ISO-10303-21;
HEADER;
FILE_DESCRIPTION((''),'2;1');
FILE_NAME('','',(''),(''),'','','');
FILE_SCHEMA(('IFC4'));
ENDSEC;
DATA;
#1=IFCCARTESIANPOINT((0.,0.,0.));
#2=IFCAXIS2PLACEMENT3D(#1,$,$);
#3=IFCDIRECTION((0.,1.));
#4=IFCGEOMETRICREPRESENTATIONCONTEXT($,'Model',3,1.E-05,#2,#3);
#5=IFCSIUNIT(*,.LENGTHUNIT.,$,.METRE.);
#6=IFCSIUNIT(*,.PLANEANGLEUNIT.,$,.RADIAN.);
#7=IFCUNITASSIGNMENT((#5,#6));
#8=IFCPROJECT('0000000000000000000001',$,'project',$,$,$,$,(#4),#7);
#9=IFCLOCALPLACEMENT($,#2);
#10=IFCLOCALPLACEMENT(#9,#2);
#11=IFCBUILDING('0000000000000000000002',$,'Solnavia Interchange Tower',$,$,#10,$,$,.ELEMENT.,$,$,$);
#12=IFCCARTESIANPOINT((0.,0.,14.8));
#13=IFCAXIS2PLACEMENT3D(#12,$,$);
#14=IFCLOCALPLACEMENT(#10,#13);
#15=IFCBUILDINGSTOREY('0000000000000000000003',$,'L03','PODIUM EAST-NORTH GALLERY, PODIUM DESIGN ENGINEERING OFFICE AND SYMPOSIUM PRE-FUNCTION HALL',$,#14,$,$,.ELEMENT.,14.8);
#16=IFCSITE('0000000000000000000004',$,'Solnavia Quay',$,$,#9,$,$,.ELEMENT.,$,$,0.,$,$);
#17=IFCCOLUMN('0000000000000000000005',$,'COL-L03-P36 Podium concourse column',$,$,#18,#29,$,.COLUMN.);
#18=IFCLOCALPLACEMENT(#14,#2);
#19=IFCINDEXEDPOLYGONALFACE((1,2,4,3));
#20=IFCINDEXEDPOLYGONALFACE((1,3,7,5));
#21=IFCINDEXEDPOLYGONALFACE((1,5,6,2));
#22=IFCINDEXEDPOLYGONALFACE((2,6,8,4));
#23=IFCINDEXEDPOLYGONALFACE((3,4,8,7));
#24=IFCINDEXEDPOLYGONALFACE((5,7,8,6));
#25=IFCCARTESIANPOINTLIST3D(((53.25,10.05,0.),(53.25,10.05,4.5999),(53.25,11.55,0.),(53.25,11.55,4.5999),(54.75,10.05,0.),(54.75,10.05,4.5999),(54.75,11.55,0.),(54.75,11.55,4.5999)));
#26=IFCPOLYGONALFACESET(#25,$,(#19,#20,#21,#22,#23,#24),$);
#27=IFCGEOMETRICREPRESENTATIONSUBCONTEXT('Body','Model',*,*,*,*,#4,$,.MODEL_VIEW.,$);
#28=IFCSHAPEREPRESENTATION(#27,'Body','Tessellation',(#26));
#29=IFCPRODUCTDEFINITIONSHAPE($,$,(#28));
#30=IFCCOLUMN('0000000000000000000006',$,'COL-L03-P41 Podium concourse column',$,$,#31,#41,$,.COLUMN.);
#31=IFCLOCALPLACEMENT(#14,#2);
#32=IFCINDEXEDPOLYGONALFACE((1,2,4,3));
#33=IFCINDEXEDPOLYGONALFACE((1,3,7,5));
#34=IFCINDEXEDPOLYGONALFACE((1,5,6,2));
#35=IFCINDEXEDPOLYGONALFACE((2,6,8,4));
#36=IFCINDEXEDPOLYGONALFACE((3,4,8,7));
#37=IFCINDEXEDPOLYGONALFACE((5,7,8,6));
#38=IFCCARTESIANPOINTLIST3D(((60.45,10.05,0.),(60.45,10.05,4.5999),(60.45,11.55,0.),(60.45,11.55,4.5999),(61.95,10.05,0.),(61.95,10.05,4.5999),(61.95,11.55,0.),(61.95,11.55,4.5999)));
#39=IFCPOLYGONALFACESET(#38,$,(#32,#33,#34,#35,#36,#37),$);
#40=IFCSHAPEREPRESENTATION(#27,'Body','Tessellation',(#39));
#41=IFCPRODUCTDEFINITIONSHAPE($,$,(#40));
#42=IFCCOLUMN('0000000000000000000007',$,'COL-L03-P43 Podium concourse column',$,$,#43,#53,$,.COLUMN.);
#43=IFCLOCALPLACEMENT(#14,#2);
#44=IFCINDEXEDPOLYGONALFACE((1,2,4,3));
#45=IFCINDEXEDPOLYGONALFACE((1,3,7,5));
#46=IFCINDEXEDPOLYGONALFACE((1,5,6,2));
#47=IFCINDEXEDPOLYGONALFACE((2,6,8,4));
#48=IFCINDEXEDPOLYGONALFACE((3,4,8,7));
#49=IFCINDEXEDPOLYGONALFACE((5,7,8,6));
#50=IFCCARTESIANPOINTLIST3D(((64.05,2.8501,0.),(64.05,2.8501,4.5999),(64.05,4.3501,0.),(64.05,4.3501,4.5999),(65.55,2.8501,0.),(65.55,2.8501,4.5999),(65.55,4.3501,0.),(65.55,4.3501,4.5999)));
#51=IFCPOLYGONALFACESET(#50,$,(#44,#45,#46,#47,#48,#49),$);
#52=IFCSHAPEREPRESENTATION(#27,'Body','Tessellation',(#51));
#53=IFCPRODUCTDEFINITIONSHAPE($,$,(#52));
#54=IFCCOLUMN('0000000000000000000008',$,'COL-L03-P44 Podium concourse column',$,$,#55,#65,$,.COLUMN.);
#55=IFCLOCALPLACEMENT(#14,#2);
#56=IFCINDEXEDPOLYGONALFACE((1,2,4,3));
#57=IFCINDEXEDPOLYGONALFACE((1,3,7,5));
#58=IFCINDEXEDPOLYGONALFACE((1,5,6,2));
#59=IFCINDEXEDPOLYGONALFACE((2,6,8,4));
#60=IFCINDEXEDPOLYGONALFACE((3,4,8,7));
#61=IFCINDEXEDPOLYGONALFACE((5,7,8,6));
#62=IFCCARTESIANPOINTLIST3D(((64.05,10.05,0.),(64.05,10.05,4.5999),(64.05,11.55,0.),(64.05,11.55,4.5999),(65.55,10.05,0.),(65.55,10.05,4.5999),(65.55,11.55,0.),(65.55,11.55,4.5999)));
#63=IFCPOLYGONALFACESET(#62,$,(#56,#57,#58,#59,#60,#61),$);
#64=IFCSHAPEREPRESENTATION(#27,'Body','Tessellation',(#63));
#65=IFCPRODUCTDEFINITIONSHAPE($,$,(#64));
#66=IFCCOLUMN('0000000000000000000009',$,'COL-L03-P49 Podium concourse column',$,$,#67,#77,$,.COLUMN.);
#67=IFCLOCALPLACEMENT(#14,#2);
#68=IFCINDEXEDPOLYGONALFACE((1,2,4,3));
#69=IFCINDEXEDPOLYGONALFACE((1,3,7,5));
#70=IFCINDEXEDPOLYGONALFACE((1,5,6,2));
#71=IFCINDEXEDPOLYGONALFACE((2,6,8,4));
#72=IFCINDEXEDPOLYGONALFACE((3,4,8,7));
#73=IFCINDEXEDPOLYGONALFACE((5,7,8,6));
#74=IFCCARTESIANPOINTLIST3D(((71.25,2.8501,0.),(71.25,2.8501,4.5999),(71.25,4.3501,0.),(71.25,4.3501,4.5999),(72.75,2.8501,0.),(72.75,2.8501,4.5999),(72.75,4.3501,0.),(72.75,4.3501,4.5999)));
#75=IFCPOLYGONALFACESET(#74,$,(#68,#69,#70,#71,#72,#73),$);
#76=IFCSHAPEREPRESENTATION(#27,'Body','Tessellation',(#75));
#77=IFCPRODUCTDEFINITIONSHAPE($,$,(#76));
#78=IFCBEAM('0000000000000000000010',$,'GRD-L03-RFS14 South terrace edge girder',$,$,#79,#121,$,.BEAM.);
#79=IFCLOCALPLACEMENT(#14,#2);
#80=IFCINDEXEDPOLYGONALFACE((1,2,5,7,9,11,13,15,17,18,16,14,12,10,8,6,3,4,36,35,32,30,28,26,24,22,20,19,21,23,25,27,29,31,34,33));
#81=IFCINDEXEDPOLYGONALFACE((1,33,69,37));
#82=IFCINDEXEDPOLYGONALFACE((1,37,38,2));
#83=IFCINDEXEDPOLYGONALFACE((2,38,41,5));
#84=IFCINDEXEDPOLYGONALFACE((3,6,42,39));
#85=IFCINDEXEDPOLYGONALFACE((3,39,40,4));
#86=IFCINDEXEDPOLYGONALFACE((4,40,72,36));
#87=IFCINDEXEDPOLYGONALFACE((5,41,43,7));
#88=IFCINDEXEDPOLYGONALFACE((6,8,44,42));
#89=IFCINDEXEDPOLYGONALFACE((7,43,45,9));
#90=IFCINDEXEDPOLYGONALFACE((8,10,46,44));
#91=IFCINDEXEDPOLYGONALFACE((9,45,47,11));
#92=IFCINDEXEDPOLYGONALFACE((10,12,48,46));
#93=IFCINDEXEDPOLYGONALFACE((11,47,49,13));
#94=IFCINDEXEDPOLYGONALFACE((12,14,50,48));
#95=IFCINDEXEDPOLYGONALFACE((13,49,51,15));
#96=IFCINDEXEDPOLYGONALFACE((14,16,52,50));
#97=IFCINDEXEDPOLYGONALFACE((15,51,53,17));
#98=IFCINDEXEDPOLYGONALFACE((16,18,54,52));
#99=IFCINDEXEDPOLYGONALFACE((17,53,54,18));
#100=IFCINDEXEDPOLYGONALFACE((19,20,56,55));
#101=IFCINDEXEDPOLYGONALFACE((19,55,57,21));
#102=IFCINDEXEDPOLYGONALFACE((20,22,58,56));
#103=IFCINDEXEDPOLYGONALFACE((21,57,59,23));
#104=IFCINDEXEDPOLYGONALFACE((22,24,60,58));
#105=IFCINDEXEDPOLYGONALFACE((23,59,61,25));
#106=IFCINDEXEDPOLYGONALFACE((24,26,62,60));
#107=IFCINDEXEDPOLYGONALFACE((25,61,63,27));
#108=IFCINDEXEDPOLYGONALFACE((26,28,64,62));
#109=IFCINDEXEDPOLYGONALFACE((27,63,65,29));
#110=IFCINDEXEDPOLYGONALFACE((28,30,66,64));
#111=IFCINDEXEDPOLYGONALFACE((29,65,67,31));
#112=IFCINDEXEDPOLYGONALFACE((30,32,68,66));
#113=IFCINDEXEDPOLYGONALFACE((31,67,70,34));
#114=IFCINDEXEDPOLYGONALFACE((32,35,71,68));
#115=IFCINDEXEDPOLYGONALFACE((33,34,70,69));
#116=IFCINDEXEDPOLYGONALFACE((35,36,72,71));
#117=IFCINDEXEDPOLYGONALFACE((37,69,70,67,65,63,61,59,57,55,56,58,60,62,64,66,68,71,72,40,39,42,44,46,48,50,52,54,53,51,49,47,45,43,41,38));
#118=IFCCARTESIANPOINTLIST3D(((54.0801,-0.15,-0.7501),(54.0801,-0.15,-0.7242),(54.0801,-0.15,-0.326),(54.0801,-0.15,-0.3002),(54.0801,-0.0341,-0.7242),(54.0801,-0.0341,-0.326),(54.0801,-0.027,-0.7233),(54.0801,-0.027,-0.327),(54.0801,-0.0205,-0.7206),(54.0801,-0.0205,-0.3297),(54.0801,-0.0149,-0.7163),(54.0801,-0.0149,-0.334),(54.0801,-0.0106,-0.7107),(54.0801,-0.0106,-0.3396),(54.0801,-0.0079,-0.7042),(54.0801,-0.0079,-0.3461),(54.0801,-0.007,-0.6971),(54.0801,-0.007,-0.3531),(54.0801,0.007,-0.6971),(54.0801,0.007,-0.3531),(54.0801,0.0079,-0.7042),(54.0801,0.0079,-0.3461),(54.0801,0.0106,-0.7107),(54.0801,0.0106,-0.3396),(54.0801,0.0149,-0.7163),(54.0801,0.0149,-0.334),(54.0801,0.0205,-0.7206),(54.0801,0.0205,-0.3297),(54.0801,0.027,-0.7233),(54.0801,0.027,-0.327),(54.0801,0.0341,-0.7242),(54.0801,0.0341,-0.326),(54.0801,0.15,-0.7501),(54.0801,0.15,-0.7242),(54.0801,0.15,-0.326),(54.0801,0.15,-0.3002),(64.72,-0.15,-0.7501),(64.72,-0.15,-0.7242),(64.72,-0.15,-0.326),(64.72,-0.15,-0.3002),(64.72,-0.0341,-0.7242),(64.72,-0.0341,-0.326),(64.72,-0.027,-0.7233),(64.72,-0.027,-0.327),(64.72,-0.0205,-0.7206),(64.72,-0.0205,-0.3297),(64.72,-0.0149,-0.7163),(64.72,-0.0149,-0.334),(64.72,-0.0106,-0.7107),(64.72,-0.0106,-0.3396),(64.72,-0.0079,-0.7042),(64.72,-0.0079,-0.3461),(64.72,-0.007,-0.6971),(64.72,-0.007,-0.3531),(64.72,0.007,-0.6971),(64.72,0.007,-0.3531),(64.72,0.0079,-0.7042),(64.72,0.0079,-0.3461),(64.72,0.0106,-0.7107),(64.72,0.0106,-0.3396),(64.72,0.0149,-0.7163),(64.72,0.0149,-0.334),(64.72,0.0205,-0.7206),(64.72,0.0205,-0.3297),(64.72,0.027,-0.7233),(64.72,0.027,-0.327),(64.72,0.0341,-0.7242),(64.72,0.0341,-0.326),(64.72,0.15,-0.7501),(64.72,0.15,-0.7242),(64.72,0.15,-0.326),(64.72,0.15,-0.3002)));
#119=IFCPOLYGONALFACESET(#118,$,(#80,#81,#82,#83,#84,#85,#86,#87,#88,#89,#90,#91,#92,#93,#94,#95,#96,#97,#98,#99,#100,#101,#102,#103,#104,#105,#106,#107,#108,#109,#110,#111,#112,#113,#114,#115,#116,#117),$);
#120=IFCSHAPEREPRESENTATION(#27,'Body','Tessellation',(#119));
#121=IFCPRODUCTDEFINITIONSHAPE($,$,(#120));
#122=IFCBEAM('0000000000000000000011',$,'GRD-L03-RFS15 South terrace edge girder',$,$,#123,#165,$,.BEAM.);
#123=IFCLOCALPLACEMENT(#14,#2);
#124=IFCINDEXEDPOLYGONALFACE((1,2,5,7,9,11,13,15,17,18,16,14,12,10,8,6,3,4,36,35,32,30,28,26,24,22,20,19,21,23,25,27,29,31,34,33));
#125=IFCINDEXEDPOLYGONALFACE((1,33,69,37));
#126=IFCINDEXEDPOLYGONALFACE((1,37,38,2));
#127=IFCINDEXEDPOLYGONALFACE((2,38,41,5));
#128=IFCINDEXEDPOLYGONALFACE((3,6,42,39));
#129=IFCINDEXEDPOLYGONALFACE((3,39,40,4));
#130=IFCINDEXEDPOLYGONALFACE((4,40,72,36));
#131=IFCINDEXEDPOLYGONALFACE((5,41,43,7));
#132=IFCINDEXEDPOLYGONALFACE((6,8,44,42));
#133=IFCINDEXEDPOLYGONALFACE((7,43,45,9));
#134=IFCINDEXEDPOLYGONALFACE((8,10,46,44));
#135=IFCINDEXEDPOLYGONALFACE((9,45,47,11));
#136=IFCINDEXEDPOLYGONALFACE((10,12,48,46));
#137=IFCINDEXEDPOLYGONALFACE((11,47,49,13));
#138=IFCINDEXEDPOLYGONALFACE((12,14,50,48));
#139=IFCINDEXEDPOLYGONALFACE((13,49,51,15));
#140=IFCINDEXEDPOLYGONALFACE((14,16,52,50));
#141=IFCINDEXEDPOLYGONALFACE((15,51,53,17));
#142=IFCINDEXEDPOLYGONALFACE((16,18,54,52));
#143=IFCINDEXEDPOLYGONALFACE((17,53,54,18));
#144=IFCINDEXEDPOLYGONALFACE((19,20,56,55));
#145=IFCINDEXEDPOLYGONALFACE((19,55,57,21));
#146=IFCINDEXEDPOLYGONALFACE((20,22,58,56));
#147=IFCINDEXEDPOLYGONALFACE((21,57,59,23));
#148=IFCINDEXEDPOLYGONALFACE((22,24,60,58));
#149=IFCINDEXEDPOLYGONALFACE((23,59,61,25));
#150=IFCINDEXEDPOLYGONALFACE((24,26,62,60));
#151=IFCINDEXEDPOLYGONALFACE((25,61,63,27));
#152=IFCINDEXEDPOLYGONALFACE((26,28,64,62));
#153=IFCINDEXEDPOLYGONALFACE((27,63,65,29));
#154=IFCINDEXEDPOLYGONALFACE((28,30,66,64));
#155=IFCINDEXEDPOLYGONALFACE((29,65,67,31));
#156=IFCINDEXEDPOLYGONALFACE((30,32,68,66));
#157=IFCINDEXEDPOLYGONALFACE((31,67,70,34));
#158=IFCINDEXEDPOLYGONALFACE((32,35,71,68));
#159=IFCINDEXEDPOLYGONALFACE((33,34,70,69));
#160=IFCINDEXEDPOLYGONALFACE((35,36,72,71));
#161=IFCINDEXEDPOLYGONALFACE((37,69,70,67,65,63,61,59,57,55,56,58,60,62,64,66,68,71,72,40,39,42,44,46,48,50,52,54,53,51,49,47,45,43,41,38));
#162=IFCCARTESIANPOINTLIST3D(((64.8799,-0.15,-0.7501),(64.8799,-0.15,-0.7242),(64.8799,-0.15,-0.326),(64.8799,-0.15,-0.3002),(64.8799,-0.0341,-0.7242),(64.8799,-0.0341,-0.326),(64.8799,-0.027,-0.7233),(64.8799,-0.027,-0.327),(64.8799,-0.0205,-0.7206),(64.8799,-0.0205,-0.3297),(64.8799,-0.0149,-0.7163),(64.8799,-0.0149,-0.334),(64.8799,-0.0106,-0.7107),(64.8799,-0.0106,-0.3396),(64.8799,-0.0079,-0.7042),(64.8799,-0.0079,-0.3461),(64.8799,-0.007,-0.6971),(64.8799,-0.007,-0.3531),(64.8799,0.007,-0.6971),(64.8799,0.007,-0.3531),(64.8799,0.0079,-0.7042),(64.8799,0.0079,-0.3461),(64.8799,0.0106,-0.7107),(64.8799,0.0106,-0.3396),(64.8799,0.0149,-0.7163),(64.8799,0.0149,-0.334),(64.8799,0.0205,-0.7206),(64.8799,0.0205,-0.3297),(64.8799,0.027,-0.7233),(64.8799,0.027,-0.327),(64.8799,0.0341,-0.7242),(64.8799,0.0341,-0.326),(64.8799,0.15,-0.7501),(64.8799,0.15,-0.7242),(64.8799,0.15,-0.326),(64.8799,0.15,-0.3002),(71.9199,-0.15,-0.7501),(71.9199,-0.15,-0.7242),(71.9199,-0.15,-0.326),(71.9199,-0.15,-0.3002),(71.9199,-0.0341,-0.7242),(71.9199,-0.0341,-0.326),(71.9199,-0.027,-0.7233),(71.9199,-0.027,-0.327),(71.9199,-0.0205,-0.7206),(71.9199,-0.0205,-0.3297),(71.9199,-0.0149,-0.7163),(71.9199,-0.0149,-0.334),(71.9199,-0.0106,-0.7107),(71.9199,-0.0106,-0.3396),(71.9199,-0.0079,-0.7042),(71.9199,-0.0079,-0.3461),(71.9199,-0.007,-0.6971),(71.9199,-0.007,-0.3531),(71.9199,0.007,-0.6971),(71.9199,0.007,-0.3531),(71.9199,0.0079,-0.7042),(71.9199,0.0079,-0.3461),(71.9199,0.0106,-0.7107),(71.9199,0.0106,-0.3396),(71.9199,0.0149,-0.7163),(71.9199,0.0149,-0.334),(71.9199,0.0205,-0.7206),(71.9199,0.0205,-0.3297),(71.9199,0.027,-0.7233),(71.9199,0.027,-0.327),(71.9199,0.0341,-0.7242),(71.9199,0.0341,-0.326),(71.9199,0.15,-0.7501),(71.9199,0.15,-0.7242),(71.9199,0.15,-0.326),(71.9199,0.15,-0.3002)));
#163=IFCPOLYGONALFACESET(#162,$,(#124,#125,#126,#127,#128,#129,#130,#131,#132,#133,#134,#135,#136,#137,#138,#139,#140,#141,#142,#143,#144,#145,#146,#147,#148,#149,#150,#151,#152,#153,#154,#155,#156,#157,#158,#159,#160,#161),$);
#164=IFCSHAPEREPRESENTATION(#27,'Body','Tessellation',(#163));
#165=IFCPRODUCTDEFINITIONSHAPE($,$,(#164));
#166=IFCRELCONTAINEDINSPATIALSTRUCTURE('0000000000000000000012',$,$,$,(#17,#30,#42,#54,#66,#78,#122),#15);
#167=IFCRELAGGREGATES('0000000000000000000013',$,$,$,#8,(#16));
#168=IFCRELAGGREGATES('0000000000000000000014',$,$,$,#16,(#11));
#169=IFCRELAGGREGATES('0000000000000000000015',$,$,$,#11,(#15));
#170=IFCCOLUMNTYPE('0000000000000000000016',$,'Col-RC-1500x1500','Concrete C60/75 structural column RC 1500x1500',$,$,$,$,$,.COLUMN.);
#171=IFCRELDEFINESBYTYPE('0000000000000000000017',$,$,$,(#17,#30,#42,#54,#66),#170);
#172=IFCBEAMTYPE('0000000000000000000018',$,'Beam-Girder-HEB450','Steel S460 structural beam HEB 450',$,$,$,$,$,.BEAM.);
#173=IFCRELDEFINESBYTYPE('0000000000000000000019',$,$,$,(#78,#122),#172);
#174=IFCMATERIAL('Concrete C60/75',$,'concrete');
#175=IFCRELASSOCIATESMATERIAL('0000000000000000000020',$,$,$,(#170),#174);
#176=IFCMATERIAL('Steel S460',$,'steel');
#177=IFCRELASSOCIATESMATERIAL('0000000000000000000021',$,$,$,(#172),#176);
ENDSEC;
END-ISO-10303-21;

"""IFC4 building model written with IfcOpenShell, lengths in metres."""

from ifc_helpers import new_model, si_unit, direction, frame, origin, origin_2d, place, context, subcontext, project, spatial, rectangle, i_section, extrude, material, material_profile, profile_set, type_object, element, save


model = new_model("IFC4")

# Units and contexts
model_context = context("Model", 3, precision=1e-05, world=origin(), true_north=direction((0.0, 1.0)))
body_context = subcontext(model_context, "Body", "Model", "MODEL_VIEW")
ifc_project = project(units=[si_unit("LENGTHUNIT", "METRE"), si_unit("PLANEANGLEUNIT", "RADIAN")], contexts=[model_context])

# Site, building, storey
site_placement = place(None, origin())
site = spatial("IfcSite", under=ifc_project, at=site_placement, Name="Solnavia Quay", CompositionType="ELEMENT", RefElevation=0.0)
building_placement = place(site_placement, origin())
building = spatial("IfcBuilding", under=site, at=building_placement, Name="Solnavia Interchange Tower", CompositionType="ELEMENT")
storey_placement = place(building_placement, frame((0.0, 0.0, 14.8)))
storey = spatial("IfcBuildingStorey", under=building, at=storey_placement, Name="L03", Description="PODIUM EAST-NORTH GALLERY, PODIUM DESIGN ENGINEERING OFFICE AND SYMPOSIUM PRE-FUNCTION HALL", CompositionType="ELEMENT", Elevation=14.8)

# Columns
ifc_material_1 = material(Name="Concrete C60/75", Category="concrete")
ifc_material_profile_1 = material_profile(ifc_material_1, rectangle(XDim=1.5, YDim=1.5, at=origin_2d()), Name="RC 1500x1500")
ifc_profile_set_1 = profile_set([ifc_material_profile_1], Name="Concrete C60/75")
column_type = type_object("IfcColumnType", Name="Col-RC-1500x1500", Description="Concrete C60/75 structural column RC 1500x1500", PredefinedType="COLUMN", material=ifc_profile_set_1)
for number, where, z_axis, x_axis, name in (
    (1, (54.0, 10.8, 0.0), (0.0, 0.0, 1.0), (1.0, 0.0, 0.0), "COL-L03-P36 Podium concourse column"),
    (2, (61.2, 10.8, 0.0), (0.0, 0.0, 1.0), (1.0, 0.0, 0.0), "COL-L03-P41 Podium concourse column"),
    (3, (64.8, 3.6001, 0.0), (0.0, 0.0, 1.0), (1.0, 0.0, 0.0), "COL-L03-P43 Podium concourse column"),
    (4, (64.8, 10.8, 0.0), (0.0, 0.0, 1.0), (1.0, 0.0, 0.0), "COL-L03-P44 Podium concourse column"),
    (5, (72.0, 3.6001, 0.0), (0.0, 0.0, 1.0), (1.0, 0.0, 0.0), "COL-L03-P49 Podium concourse column"),
):
    element("IfcColumn", number, at=place(storey_placement, frame(where, z_axis=z_axis, x_axis=x_axis)), inside=storey, type_object=column_type, Name=name, PredefinedType="COLUMN", context=body_context, shape_type="SweptSolid", body=[
        extrude(rectangle(XDim=1.5, YDim=1.5, at=origin_2d()), origin(), (0.0, 0.0, 1.0), 4.5999),
    ])

# Beams
ifc_material_2 = material(Name="Steel S460", Category="steel")
ifc_material_profile_2 = material_profile(ifc_material_2, i_section(OverallWidth=0.3, OverallDepth=0.45, WebThickness=0.0139, FlangeThickness=0.0259, FilletRadius=0.0271, at=origin_2d()), Name="HEB 450")
ifc_profile_set_2 = profile_set([ifc_material_profile_2], Name="Steel S460")
beam_type_1 = type_object("IfcBeamType", Name="Beam-Girder-HEB450", Description="Steel S460 structural beam HEB 450", PredefinedType="BEAM", material=ifc_profile_set_2)
beam_1_placement = place(storey_placement, frame((54.0801, 0.0, -0.5251), z_axis=(1.0, 0.0, 0.0), x_axis=(0.0, 1.0, 0.0)))
element("IfcBeam", 6, at=beam_1_placement, inside=storey, type_object=beam_type_1, Name="GRD-L03-RFS14 South terrace edge girder", PredefinedType="BEAM", context=body_context, shape_type="SweptSolid", body=[
    extrude(i_section(OverallWidth=0.3, OverallDepth=0.45, WebThickness=0.0139, FlangeThickness=0.0259, FilletRadius=0.0271, at=origin_2d()), origin(), (0.0, 0.0, 1.0), 10.6399),
])
beam_2_placement = place(storey_placement, frame((64.8799, 0.0, -0.5251), z_axis=(1.0, 0.0, 0.0), x_axis=(0.0, 1.0, 0.0)))
element("IfcBeam", 7, at=beam_2_placement, inside=storey, type_object=beam_type_1, Name="GRD-L03-RFS15 South terrace edge girder", PredefinedType="BEAM", context=body_context, shape_type="SweptSolid", body=[
    extrude(i_section(OverallWidth=0.3, OverallDepth=0.45, WebThickness=0.0139, FlangeThickness=0.0259, FilletRadius=0.0271, at=origin_2d()), origin(), (0.0, 0.0, 1.0), 7.04),
])

save(model, "model.ifc")
